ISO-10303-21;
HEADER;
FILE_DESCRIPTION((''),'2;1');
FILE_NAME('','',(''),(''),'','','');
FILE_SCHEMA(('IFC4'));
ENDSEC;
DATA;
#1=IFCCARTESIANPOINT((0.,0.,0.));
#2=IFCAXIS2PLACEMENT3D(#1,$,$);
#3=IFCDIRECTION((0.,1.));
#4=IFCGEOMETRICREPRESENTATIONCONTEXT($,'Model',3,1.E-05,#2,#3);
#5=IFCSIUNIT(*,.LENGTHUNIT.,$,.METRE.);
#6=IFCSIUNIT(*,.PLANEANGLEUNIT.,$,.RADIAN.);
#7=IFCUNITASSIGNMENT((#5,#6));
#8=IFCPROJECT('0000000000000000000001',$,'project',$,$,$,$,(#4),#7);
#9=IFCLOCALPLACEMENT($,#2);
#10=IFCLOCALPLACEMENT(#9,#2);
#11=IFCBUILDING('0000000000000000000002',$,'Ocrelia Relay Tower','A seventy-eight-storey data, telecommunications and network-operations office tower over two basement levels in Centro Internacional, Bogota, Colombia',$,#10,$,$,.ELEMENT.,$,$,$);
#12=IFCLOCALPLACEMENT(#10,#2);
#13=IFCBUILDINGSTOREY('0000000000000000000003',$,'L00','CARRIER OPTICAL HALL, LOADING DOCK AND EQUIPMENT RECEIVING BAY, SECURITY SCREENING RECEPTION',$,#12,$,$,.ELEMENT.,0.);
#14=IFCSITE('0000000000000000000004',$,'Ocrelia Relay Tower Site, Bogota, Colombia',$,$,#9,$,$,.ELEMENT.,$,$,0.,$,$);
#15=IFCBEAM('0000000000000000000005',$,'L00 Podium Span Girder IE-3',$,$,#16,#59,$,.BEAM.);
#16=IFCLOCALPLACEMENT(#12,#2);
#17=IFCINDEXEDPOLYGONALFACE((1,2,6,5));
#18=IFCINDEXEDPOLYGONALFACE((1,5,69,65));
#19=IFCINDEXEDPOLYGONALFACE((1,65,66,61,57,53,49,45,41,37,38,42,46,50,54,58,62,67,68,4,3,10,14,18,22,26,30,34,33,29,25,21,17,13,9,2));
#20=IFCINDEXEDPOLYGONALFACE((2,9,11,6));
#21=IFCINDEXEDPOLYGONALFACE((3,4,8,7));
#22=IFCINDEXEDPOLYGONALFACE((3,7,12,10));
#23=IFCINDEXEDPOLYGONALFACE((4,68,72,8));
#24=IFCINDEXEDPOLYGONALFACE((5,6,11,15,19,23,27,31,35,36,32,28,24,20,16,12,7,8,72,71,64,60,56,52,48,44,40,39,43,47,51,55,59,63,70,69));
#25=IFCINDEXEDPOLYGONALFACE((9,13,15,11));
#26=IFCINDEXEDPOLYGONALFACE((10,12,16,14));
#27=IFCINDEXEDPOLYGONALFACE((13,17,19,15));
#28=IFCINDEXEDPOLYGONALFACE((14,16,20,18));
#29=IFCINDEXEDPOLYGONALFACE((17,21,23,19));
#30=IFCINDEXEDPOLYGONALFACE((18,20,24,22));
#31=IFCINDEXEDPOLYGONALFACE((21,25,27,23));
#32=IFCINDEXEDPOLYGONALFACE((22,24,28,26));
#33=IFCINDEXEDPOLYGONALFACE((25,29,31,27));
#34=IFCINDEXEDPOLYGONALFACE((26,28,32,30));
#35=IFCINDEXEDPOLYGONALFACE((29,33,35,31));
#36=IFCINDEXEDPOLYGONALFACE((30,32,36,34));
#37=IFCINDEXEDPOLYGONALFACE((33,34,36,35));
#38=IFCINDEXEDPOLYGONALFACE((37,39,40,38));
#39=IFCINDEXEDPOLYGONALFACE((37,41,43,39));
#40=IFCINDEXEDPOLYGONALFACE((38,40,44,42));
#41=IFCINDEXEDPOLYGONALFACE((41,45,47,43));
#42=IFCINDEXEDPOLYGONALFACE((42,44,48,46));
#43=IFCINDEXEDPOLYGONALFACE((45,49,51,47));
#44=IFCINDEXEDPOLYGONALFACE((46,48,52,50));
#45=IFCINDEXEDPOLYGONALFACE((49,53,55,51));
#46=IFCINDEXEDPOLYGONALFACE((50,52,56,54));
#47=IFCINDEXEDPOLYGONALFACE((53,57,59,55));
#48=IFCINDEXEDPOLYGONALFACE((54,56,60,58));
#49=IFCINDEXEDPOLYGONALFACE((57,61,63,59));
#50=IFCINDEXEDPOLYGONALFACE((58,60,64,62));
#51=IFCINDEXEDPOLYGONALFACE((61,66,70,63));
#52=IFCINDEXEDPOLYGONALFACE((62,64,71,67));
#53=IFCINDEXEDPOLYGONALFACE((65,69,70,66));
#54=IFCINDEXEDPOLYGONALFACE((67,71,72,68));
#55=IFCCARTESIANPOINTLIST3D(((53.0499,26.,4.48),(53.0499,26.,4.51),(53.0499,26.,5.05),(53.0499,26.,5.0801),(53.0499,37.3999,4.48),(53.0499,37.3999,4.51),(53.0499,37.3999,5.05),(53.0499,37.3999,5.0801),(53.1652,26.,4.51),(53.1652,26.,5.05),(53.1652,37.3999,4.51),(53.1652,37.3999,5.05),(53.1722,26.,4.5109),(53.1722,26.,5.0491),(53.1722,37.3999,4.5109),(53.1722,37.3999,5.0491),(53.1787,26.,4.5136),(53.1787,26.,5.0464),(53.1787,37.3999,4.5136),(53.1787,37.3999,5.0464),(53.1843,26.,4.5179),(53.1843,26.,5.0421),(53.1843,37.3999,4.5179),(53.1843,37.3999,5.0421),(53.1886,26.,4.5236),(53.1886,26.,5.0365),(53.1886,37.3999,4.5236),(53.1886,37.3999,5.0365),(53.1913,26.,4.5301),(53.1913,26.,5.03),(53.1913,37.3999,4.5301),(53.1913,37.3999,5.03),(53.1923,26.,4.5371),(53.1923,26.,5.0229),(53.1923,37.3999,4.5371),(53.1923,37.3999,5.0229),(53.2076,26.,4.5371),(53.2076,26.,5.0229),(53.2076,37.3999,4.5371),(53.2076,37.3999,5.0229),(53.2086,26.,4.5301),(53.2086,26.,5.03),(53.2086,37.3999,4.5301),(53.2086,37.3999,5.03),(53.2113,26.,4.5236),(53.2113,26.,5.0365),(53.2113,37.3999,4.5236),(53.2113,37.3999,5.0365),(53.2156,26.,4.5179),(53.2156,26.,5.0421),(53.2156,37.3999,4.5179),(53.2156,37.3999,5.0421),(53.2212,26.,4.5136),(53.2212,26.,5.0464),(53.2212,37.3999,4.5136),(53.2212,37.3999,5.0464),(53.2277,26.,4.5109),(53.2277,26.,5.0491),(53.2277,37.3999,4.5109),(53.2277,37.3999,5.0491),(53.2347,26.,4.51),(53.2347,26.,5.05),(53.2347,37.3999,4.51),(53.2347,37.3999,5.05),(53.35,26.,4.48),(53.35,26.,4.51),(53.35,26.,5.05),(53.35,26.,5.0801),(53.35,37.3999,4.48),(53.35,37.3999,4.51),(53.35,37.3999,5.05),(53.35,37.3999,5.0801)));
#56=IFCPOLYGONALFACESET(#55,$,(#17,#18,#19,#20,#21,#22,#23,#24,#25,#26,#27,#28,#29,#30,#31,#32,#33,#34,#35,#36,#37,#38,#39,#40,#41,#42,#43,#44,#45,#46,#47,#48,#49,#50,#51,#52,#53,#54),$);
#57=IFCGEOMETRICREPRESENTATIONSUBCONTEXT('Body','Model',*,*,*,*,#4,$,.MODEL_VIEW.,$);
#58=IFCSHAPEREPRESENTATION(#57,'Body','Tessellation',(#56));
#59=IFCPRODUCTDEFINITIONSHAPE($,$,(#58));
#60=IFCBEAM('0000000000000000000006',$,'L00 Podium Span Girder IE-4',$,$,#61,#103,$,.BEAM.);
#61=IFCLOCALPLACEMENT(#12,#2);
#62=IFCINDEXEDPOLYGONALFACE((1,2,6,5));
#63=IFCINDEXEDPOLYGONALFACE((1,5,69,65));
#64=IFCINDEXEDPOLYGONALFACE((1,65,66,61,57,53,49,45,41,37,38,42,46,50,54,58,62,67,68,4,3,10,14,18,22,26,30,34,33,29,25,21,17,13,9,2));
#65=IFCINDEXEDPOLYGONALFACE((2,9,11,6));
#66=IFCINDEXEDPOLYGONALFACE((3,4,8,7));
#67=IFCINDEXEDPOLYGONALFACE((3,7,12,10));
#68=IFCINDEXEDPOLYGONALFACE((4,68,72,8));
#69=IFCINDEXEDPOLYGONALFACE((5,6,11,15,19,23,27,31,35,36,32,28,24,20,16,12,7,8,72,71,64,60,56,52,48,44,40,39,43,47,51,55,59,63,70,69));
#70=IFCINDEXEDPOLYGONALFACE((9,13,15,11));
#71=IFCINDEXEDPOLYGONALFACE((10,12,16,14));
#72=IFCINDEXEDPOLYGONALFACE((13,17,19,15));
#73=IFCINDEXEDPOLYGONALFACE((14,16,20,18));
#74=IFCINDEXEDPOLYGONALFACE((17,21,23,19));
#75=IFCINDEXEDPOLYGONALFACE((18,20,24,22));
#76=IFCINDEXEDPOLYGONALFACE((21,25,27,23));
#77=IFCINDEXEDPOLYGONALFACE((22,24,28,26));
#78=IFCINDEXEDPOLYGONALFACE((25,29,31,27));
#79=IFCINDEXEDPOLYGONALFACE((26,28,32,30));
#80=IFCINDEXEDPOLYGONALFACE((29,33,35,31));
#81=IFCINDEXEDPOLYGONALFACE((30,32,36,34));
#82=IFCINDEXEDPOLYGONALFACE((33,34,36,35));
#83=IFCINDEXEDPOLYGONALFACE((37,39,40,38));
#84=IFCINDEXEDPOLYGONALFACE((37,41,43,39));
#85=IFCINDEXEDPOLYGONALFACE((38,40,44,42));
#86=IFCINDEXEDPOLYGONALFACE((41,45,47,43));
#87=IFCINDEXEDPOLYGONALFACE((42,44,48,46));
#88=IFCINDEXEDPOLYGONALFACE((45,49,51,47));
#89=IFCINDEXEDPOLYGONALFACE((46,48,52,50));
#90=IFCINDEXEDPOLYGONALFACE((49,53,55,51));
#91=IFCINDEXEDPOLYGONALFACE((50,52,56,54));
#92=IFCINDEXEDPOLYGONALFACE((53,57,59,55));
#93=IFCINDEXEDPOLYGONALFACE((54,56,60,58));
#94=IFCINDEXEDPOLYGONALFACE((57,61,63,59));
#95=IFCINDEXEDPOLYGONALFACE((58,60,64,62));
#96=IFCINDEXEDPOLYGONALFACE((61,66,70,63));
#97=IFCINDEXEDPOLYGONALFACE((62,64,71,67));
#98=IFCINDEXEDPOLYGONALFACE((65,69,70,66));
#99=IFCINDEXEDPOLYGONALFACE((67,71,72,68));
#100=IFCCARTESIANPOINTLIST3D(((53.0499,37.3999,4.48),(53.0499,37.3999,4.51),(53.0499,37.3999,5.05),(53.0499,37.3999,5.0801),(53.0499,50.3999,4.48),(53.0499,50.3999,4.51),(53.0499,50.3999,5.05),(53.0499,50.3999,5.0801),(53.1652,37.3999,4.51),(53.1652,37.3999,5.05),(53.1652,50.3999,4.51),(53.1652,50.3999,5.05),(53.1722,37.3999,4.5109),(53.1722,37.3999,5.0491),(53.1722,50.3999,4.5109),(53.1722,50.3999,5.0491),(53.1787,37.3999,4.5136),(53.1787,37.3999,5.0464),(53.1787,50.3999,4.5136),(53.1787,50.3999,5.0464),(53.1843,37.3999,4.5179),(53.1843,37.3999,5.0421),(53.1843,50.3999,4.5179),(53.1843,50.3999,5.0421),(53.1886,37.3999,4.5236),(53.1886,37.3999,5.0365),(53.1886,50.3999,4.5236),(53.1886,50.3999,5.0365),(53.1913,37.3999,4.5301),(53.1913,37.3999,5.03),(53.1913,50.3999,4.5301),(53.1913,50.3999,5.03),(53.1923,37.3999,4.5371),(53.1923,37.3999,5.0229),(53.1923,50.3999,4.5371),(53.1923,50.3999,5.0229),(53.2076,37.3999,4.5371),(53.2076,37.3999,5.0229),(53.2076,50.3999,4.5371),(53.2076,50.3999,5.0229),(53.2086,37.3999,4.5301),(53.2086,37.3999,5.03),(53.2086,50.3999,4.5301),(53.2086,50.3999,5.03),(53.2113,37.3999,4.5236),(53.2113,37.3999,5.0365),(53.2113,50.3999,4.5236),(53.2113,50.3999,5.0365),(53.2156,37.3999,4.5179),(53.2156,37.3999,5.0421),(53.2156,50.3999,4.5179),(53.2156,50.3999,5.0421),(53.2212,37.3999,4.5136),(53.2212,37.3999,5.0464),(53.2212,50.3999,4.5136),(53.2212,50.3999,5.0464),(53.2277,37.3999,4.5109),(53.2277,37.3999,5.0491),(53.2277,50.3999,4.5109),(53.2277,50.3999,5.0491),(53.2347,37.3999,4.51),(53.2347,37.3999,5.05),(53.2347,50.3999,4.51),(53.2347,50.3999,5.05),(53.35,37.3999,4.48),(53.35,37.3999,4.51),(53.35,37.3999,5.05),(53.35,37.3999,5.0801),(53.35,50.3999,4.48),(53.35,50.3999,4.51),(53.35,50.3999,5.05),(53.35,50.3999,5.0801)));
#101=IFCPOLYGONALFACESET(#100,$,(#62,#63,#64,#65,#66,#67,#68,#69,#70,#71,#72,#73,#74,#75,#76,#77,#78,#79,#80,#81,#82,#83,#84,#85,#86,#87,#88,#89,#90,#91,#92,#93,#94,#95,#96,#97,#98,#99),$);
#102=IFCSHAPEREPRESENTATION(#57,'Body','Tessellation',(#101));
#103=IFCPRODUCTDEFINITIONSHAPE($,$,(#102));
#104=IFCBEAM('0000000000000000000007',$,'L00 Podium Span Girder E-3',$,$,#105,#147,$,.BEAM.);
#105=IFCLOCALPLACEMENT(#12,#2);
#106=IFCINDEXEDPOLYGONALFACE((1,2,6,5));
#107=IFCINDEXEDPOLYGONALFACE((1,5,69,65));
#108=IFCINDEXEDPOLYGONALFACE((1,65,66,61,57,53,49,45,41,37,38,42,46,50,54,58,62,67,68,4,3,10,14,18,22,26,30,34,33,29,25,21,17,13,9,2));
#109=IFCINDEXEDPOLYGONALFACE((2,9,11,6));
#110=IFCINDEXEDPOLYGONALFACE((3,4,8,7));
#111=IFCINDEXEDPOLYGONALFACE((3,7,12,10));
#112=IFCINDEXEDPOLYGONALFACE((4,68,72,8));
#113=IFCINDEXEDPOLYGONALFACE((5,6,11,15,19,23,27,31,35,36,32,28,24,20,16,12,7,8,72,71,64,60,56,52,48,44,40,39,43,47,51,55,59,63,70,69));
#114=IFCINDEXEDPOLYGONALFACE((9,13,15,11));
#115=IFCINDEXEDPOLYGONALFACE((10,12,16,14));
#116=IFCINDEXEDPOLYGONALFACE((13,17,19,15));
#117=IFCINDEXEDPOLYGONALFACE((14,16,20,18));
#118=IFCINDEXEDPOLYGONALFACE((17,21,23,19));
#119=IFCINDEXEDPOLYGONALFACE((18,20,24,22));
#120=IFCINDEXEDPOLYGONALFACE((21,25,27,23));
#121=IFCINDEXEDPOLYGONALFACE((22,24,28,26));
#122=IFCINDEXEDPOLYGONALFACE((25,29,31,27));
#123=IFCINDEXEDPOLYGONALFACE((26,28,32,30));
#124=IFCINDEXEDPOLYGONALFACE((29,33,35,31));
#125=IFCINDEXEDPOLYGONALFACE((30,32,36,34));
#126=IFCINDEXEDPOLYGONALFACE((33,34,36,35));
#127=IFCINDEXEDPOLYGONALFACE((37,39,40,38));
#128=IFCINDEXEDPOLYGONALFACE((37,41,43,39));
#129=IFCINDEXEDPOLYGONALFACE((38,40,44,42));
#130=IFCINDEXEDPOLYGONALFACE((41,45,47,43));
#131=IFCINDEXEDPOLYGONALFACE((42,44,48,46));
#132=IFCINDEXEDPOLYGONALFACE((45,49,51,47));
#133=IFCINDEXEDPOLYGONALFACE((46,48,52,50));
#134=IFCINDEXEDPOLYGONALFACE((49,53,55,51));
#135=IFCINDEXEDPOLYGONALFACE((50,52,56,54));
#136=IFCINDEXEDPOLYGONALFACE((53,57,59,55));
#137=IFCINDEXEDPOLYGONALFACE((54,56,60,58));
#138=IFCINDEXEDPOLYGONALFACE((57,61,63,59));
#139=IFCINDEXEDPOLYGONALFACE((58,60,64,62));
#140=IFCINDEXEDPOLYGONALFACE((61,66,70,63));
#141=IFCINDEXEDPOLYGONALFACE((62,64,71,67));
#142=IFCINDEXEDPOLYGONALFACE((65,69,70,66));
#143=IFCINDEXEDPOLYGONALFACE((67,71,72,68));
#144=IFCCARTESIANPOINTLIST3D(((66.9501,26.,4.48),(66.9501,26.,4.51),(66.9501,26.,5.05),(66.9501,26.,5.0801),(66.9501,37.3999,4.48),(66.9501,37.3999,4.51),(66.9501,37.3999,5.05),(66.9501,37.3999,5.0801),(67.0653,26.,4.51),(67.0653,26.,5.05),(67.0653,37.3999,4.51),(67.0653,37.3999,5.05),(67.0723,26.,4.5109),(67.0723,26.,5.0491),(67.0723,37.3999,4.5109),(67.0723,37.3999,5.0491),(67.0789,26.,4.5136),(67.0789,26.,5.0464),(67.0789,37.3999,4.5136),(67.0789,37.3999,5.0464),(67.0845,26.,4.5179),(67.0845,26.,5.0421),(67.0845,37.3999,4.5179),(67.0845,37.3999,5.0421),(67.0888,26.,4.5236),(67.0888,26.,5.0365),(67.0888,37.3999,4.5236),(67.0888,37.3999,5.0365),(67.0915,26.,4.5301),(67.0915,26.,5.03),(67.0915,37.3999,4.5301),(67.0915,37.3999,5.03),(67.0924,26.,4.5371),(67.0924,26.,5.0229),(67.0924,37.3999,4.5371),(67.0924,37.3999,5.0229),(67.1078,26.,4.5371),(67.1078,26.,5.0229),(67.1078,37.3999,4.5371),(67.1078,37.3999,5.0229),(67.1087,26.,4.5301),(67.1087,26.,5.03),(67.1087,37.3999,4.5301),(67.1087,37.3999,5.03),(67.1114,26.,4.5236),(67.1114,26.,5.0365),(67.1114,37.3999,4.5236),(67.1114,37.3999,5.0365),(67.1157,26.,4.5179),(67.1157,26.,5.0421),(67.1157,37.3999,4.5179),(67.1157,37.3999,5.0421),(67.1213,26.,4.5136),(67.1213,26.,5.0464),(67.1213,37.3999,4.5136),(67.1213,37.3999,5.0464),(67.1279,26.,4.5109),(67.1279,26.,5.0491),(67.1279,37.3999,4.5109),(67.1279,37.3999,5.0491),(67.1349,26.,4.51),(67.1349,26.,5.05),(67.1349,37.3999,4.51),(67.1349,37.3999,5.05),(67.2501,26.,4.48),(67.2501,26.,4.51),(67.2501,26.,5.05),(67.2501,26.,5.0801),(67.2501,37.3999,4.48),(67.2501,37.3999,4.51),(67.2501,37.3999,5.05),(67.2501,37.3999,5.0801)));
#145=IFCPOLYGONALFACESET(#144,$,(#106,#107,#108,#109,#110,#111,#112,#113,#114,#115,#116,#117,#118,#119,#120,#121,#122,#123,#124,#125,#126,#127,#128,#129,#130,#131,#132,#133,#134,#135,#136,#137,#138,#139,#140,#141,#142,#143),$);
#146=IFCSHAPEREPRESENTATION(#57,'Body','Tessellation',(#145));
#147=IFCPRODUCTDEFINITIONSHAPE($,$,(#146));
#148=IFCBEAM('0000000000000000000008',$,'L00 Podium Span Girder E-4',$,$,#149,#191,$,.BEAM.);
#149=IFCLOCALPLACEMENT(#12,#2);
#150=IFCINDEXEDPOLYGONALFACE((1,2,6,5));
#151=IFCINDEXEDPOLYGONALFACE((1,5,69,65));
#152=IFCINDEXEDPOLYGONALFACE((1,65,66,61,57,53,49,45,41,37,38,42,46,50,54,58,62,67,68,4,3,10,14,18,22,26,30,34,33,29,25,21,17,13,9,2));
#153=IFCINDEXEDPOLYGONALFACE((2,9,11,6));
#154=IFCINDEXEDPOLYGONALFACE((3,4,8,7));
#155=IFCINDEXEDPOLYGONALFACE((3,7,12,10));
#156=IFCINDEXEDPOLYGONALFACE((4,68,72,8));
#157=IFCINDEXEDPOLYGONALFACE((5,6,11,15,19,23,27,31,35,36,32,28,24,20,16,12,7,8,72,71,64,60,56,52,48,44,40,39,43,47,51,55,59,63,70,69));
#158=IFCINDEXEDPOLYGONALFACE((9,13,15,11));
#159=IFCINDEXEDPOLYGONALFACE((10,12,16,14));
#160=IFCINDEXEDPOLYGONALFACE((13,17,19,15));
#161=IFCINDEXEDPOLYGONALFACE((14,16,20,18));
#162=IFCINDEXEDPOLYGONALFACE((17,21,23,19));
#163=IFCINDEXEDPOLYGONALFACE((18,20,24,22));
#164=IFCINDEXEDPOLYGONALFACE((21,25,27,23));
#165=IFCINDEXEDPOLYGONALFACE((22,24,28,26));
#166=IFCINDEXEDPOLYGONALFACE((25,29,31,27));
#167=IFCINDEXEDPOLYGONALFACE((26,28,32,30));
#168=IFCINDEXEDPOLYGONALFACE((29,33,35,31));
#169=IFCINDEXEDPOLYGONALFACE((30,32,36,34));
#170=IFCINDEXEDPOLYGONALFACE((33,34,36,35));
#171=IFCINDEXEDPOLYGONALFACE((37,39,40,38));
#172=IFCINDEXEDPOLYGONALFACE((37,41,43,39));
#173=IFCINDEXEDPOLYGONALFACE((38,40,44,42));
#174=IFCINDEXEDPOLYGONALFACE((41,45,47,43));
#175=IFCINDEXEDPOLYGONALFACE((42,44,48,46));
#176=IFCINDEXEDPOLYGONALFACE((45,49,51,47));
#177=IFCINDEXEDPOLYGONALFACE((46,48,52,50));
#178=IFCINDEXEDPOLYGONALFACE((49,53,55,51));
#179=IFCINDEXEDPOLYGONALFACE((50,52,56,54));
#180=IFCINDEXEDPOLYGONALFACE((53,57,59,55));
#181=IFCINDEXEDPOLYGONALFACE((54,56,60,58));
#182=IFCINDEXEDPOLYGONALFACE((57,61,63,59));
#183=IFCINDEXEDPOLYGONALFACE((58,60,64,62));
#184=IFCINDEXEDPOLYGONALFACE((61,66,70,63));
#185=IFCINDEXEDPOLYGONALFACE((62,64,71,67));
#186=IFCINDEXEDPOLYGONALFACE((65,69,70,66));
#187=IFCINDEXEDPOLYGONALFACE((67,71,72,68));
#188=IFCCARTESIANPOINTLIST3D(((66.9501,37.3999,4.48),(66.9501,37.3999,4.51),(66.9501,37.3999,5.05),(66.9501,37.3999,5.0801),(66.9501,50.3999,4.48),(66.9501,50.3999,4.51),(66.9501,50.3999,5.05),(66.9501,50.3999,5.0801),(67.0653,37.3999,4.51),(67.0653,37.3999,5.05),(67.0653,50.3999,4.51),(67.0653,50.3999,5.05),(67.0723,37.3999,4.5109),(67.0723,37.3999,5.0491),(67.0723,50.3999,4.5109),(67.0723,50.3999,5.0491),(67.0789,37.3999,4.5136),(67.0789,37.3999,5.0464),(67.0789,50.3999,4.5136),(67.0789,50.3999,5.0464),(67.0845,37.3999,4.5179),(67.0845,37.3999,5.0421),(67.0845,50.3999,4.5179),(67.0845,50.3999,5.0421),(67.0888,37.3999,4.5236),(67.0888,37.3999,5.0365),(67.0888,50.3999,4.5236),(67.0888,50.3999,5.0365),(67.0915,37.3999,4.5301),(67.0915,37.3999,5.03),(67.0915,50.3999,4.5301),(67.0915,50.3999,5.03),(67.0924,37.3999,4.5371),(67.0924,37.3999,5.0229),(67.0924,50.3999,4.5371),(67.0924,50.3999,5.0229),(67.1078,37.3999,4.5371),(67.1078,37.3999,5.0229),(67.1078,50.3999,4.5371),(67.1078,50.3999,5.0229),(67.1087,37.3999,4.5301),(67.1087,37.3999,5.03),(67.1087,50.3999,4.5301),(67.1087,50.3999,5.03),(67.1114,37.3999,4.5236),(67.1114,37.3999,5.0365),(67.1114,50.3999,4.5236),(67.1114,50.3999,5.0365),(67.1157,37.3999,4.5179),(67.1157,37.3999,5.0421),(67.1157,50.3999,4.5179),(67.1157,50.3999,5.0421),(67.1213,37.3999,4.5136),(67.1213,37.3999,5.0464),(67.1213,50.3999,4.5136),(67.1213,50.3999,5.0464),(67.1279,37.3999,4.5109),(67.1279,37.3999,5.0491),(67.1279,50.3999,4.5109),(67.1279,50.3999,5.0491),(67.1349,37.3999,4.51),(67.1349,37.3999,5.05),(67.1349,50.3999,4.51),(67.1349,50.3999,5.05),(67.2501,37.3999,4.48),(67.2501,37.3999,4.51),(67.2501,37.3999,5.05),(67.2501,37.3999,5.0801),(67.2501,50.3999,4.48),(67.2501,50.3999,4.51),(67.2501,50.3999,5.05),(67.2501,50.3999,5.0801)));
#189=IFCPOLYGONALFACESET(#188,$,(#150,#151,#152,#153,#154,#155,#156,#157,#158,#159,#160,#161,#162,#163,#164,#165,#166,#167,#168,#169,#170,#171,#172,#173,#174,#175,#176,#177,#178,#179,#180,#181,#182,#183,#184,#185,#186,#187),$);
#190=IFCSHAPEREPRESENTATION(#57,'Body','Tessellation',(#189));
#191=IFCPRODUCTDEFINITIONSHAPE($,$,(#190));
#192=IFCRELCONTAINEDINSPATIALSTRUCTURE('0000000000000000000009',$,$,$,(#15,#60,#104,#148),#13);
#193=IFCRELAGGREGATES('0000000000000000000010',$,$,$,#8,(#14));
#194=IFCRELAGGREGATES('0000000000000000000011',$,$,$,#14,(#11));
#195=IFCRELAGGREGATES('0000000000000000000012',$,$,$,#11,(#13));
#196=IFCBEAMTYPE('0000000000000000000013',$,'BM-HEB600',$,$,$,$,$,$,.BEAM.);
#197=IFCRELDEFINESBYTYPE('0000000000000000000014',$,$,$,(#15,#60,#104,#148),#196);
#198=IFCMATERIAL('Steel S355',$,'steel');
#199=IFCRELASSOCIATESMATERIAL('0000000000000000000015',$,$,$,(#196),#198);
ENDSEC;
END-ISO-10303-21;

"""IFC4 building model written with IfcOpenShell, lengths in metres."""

from ifc_helpers import new_model, si_unit, direction, frame, origin, origin_2d, place, context, subcontext, project, spatial, i_section, extrude, material, material_profile, profile_set, type_object, element, save


model = new_model("IFC4")

# Units and contexts
model_context = context("Model", 3, precision=1e-05, world=origin(), true_north=direction((0.0, 1.0)))
body_context = subcontext(model_context, "Body", "Model", "MODEL_VIEW")
ifc_project = project(units=[si_unit("LENGTHUNIT", "METRE"), si_unit("PLANEANGLEUNIT", "RADIAN")], contexts=[model_context])

# Site, building, storey
site_placement = place(None, origin())
site = spatial("IfcSite", under=ifc_project, at=site_placement, Name="Ocrelia Relay Tower Site, Bogota, Colombia", CompositionType="ELEMENT", RefElevation=0.0)
building_placement = place(site_placement, origin())
building = spatial("IfcBuilding", under=site, at=building_placement, Name="Ocrelia Relay Tower", Description="A seventy-eight-storey data, telecommunications and network-operations office tower over two basement levels in Centro Internacional, Bogota, Colombia", CompositionType="ELEMENT")
storey_placement = place(building_placement, origin())
storey = spatial("IfcBuildingStorey", under=building, at=storey_placement, Name="L00", Description="CARRIER OPTICAL HALL, LOADING DOCK AND EQUIPMENT RECEIVING BAY, SECURITY SCREENING RECEPTION", CompositionType="ELEMENT", Elevation=0.0)

# Beams
ifc_material_1 = material(Name="Steel S355", Category="steel")
ifc_material_profile_1 = material_profile(ifc_material_1, i_section(OverallWidth=0.3, OverallDepth=0.6001, WebThickness=0.0154, FlangeThickness=0.03, FilletRadius=0.0271, at=origin_2d()), Name="HEB 600")
ifc_profile_set_1 = profile_set([ifc_material_profile_1], Name="Steel S355")
beam_type_1 = type_object("IfcBeamType", Name="BM-HEB600", PredefinedType="BEAM", material=ifc_profile_set_1)
beam_1_placement = place(storey_placement, frame((53.2, 26.0, 4.78), z_axis=(0.0, 1.0, 0.0), x_axis=(-1.0, 0.0, 0.0)))
element("IfcBeam", 1, at=beam_1_placement, inside=storey, type_object=beam_type_1, Name="L00 Podium Span Girder IE-3", PredefinedType="BEAM", context=body_context, shape_type="SweptSolid", body=[
    extrude(i_section(OverallWidth=0.3, OverallDepth=0.6001, WebThickness=0.0154, FlangeThickness=0.03, FilletRadius=0.0271, at=origin_2d()), origin(), (0.0, 0.0, 1.0), 11.3999),
])
beam_2_placement = place(storey_placement, frame((53.2, 37.3999, 4.78), z_axis=(0.0, 1.0, 0.0), x_axis=(-1.0, 0.0, 0.0)))
element("IfcBeam", 2, at=beam_2_placement, inside=storey, type_object=beam_type_1, Name="L00 Podium Span Girder IE-4", PredefinedType="BEAM", context=body_context, shape_type="SweptSolid", body=[
    extrude(i_section(OverallWidth=0.3, OverallDepth=0.6001, WebThickness=0.0154, FlangeThickness=0.03, FilletRadius=0.0271, at=origin_2d()), origin(), (0.0, 0.0, 1.0), 13.0),
])
beam_3_placement = place(storey_placement, frame((67.1001, 26.0, 4.78), z_axis=(0.0, 1.0, 0.0), x_axis=(-1.0, 0.0, 0.0)))
element("IfcBeam", 3, at=beam_3_placement, inside=storey, type_object=beam_type_1, Name="L00 Podium Span Girder E-3", PredefinedType="BEAM", context=body_context, shape_type="SweptSolid", body=[
    extrude(i_section(OverallWidth=0.3, OverallDepth=0.6001, WebThickness=0.0154, FlangeThickness=0.03, FilletRadius=0.0271, at=origin_2d()), origin(), (0.0, 0.0, 1.0), 11.3999),
])
beam_4_placement = place(storey_placement, frame((67.1001, 37.3999, 4.78), z_axis=(0.0, 1.0, 0.0), x_axis=(-1.0, 0.0, 0.0)))
element("IfcBeam", 4, at=beam_4_placement, inside=storey, type_object=beam_type_1, Name="L00 Podium Span Girder E-4", PredefinedType="BEAM", context=body_context, shape_type="SweptSolid", body=[
    extrude(i_section(OverallWidth=0.3, OverallDepth=0.6001, WebThickness=0.0154, FlangeThickness=0.03, FilletRadius=0.0271, at=origin_2d()), origin(), (0.0, 0.0, 1.0), 13.0),
])

save(model, "model.ifc")
